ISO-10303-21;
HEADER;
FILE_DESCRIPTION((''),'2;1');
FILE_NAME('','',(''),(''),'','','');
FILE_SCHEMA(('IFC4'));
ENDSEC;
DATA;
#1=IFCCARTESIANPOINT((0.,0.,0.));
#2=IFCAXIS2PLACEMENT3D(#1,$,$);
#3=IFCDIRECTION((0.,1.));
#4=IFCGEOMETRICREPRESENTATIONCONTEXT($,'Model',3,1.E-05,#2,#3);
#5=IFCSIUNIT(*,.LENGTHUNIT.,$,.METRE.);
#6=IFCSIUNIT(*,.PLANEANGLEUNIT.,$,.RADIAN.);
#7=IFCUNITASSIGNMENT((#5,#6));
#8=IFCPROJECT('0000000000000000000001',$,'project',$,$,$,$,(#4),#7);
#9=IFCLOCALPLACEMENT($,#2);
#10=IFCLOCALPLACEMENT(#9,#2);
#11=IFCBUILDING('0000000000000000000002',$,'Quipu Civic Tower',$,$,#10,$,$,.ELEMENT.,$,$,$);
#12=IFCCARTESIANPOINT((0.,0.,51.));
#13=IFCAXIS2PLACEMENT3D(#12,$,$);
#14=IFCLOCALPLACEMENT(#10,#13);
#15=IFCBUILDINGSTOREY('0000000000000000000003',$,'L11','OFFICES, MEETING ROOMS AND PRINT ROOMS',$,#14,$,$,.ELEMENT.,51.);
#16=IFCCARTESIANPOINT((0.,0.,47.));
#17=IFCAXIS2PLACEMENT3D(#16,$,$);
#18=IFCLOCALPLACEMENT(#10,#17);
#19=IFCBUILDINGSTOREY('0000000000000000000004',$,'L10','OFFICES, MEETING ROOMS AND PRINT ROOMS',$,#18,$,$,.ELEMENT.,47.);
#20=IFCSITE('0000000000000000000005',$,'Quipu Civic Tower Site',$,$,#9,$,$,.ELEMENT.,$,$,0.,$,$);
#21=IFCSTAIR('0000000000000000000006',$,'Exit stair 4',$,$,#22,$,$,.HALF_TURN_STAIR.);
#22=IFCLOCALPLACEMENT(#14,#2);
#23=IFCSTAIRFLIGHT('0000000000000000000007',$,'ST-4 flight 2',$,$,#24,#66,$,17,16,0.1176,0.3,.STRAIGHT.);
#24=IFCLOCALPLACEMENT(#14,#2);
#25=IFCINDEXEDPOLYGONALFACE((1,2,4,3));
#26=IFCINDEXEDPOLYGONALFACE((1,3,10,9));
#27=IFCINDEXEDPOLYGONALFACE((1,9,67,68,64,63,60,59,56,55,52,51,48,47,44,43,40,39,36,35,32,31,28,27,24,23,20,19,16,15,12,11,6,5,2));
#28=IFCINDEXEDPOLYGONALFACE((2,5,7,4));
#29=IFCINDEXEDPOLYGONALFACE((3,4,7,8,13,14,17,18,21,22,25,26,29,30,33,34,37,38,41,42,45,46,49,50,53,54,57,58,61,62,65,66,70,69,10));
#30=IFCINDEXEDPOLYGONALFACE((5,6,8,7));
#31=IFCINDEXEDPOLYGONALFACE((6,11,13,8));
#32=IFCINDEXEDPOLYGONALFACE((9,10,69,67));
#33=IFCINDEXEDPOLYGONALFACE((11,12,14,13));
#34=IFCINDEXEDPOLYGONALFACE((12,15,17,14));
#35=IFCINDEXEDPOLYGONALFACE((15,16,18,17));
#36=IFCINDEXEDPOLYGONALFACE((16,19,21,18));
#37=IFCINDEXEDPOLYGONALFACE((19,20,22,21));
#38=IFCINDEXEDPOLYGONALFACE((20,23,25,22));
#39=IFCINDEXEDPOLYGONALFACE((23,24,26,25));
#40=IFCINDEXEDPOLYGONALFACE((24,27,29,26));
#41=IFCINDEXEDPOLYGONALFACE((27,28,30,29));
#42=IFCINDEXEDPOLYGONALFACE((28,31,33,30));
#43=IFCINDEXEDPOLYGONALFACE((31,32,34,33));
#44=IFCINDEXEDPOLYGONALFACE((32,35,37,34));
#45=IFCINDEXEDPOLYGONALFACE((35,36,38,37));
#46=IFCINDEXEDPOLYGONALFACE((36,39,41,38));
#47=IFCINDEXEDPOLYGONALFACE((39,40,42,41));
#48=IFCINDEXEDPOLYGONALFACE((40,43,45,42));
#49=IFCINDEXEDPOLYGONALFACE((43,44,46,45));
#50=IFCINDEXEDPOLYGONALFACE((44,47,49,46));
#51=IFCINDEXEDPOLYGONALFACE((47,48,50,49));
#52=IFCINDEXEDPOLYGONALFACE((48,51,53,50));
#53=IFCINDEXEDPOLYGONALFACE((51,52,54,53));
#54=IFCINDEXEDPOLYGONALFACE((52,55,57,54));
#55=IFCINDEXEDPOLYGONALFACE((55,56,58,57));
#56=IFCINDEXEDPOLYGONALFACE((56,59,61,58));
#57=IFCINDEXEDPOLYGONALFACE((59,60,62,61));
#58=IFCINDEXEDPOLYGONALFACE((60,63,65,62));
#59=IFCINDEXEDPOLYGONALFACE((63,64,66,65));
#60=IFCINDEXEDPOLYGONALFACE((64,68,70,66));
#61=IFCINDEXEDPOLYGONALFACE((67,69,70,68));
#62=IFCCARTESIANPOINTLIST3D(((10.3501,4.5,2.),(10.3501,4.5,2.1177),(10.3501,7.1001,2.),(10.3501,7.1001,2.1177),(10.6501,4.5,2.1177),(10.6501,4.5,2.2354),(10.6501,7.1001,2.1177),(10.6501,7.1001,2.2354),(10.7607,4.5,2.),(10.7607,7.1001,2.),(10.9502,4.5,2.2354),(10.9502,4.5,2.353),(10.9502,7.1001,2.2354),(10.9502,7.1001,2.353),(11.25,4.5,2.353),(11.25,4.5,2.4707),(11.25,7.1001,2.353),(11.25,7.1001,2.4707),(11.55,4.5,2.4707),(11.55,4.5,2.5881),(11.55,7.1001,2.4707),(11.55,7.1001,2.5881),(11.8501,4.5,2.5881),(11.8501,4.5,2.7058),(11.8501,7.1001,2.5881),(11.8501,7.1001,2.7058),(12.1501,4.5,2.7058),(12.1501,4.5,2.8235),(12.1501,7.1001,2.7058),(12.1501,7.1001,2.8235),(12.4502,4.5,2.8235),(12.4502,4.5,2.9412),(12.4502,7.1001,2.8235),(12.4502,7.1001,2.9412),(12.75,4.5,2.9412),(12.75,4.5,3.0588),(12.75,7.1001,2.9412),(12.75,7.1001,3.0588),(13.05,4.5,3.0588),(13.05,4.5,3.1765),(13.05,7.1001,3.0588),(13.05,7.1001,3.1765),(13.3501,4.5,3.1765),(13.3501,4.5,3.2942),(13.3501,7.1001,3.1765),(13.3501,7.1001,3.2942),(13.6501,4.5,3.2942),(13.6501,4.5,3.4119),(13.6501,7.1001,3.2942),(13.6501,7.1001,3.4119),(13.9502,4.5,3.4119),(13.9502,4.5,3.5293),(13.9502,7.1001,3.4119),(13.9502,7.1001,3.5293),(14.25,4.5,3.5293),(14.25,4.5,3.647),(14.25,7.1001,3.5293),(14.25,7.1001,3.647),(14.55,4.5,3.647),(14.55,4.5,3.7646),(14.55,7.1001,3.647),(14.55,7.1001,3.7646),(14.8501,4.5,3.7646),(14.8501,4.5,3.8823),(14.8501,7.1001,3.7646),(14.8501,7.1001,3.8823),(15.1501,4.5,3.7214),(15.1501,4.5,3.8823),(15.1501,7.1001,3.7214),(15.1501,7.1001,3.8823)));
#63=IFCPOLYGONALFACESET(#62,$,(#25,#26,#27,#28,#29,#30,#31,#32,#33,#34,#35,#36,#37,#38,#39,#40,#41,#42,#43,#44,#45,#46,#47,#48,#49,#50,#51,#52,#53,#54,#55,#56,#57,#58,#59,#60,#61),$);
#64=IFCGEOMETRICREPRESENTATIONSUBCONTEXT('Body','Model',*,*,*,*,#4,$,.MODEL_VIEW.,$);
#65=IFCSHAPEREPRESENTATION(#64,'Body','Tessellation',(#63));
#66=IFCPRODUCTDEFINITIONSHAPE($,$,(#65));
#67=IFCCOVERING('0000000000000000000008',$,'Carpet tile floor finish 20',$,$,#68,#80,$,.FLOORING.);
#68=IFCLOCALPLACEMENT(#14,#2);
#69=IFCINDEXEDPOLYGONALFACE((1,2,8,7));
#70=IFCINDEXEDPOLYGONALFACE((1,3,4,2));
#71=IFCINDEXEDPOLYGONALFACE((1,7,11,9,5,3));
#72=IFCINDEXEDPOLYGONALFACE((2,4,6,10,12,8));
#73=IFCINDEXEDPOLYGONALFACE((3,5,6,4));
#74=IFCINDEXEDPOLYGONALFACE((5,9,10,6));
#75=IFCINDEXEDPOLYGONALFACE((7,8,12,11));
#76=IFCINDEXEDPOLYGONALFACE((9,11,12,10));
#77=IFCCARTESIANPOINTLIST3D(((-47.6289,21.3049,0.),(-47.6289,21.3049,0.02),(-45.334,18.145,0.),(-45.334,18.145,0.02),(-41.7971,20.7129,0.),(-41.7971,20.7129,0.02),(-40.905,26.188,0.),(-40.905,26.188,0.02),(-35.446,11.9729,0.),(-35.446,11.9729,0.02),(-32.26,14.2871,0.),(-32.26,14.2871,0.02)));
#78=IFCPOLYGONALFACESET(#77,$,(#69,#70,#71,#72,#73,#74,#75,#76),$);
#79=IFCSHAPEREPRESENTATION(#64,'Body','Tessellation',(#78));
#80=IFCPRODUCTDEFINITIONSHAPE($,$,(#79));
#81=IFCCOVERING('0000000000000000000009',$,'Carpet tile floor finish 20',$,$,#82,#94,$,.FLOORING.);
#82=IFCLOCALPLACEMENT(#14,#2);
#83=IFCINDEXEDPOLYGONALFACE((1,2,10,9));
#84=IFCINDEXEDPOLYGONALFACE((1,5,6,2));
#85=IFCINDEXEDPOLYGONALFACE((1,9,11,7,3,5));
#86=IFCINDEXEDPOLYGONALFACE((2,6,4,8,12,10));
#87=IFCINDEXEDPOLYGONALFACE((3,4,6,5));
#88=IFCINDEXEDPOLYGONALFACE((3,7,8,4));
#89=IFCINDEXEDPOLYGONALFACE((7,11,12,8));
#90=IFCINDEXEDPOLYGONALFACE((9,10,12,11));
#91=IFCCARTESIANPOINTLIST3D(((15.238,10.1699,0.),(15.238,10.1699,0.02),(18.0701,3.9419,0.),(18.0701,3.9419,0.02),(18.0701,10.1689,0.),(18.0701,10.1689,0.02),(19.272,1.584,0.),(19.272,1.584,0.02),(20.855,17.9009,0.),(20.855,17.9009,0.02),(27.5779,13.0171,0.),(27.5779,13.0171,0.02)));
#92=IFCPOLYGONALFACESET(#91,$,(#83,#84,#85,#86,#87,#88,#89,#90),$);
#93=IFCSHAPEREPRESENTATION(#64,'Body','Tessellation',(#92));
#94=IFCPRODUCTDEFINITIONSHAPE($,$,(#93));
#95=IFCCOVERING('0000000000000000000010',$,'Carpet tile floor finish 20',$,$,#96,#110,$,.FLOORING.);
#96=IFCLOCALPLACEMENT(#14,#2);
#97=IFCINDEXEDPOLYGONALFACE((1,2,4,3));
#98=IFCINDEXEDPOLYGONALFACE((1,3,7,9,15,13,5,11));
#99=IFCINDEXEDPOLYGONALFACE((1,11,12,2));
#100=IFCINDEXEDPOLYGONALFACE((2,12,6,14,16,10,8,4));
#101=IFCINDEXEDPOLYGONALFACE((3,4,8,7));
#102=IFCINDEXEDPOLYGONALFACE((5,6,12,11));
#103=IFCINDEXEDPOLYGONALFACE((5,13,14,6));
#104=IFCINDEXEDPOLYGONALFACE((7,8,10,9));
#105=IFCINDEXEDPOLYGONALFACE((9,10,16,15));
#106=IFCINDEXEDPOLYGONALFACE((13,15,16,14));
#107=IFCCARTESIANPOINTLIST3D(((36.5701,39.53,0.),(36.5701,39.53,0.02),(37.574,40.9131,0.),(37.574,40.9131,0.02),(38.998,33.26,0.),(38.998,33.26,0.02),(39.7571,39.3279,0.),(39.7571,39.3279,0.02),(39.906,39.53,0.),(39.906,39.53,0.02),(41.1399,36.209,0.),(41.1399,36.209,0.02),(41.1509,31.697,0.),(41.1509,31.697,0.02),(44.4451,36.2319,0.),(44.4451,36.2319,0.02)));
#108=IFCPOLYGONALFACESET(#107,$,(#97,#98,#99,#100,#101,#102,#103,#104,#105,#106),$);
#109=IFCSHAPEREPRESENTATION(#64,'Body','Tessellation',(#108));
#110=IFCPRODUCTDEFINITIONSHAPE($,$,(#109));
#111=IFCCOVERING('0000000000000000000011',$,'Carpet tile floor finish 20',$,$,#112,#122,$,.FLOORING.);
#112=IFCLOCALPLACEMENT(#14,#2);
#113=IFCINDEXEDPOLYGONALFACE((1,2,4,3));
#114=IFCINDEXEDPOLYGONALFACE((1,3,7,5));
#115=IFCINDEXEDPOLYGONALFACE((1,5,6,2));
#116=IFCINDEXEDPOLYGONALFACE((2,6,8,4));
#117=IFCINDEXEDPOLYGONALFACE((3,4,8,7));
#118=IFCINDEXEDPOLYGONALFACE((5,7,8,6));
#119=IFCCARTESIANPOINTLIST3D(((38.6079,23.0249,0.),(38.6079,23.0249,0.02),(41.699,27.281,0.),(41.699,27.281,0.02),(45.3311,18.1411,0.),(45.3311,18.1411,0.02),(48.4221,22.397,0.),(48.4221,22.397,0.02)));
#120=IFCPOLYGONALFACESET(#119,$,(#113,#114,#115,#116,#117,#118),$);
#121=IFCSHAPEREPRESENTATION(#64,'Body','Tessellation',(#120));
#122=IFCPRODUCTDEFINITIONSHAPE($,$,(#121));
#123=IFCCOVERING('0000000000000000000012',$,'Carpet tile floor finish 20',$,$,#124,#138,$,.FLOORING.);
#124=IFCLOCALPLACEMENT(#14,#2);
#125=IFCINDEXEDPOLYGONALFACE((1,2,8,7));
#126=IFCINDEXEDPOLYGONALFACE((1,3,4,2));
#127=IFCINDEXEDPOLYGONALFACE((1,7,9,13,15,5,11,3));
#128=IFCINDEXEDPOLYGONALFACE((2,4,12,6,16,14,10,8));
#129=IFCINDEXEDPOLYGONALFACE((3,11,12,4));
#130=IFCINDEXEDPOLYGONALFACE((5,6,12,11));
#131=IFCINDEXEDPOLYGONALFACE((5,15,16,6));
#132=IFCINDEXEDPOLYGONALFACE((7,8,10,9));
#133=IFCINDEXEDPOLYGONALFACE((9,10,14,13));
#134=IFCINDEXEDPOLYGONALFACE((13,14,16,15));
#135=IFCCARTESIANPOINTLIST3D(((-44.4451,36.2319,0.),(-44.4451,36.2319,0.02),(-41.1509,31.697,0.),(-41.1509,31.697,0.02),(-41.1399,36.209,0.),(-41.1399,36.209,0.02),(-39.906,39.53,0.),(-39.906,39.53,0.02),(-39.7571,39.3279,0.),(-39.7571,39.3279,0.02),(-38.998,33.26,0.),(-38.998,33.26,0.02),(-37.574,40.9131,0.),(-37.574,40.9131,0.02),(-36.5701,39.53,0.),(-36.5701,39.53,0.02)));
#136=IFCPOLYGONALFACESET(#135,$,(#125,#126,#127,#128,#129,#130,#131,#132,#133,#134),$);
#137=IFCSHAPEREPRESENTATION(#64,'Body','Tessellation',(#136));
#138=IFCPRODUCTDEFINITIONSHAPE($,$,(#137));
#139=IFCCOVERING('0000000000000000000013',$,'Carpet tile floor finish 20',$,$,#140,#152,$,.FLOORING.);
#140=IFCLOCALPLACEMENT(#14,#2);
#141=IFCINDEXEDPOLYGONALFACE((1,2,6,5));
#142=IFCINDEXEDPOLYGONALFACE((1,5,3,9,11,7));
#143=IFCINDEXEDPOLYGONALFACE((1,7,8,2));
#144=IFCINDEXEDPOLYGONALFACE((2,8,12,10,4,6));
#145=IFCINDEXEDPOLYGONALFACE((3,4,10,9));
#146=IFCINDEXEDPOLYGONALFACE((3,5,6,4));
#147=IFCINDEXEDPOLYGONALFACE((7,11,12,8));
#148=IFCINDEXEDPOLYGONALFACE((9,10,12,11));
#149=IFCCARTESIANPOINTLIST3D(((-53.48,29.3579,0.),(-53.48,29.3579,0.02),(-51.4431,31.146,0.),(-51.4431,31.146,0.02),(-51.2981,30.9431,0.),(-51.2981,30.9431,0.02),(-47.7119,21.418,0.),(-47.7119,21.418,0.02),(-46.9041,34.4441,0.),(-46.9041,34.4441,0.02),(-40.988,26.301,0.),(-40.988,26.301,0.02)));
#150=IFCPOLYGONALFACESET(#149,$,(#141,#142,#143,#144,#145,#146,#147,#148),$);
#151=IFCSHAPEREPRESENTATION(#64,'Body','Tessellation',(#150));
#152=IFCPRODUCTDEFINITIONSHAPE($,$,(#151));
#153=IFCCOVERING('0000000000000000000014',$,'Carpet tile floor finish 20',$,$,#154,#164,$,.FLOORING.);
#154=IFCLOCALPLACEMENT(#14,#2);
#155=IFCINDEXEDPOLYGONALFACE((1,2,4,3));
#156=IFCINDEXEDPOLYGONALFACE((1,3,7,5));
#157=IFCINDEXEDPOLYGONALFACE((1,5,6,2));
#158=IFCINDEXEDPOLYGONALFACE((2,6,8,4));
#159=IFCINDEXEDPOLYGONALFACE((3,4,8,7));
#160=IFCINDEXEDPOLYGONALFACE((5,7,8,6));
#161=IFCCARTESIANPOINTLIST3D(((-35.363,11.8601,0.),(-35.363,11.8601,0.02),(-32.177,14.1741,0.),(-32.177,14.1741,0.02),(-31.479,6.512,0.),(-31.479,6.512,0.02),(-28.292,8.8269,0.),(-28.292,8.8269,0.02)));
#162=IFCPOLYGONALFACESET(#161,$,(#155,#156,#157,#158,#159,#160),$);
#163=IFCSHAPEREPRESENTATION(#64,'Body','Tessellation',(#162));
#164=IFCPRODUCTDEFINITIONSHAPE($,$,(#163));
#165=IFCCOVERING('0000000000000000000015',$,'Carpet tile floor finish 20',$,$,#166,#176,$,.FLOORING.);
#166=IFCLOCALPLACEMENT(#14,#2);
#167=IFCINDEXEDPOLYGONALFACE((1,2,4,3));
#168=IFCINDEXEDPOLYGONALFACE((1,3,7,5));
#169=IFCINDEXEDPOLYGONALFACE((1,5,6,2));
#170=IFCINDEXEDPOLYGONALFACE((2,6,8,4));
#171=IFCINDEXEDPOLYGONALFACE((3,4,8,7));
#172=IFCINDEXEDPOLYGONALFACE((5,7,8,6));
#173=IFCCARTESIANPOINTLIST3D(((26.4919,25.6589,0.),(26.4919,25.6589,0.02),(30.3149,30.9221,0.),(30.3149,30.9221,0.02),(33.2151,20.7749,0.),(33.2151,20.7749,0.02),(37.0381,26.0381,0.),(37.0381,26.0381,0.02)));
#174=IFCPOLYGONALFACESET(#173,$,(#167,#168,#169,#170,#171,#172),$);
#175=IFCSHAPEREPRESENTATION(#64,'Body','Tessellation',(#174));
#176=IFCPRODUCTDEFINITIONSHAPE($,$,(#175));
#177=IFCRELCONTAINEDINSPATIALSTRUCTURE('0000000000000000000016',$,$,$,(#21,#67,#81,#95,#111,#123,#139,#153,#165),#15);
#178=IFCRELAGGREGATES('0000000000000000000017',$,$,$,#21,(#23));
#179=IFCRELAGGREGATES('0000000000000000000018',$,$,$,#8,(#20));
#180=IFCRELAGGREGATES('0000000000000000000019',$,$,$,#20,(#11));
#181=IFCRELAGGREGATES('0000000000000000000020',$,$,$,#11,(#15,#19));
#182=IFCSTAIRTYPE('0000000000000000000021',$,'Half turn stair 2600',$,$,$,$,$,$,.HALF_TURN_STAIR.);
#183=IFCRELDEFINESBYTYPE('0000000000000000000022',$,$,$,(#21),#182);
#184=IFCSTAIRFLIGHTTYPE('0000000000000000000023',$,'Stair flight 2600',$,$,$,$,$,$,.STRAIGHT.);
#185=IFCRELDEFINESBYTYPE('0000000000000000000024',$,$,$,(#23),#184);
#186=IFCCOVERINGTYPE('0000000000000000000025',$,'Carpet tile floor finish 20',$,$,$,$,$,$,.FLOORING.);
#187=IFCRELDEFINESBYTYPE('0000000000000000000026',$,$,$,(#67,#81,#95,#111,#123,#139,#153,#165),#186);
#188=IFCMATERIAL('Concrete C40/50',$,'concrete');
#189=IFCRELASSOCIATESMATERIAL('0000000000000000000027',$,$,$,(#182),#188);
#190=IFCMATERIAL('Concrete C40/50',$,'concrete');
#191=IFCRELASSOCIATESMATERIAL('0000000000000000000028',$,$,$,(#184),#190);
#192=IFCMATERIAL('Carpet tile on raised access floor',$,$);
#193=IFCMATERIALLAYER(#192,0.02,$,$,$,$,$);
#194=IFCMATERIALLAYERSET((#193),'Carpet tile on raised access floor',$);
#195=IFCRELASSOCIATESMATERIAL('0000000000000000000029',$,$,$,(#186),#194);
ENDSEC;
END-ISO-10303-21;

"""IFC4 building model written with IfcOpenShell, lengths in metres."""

from ifc_helpers import new_model, si_unit, direction, frame, origin, place, context, subcontext, project, spatial, polyline, outline, extrude, material, layer, layer_set, type_object, element, aggregate, save


model = new_model("IFC4")

# Units and contexts
model_context = context("Model", 3, precision=1e-05, world=origin(), true_north=direction((0.0, 1.0)))
body_context = subcontext(model_context, "Body", "Model", "MODEL_VIEW")
ifc_project = project(units=[si_unit("LENGTHUNIT", "METRE"), si_unit("PLANEANGLEUNIT", "RADIAN")], contexts=[model_context])

# Site, building, storey
site_placement = place(None, origin())
site = spatial("IfcSite", under=ifc_project, at=site_placement, Name="Quipu Civic Tower Site", CompositionType="ELEMENT", RefElevation=0.0)
building_placement = place(site_placement, origin())
building = spatial("IfcBuilding", under=site, at=building_placement, Name="Quipu Civic Tower", CompositionType="ELEMENT")
storey_1_placement = place(building_placement, frame((0.0, 0.0, 51.0)))
storey_1 = spatial("IfcBuildingStorey", under=building, at=storey_1_placement, Name="L11", Description="OFFICES, MEETING ROOMS AND PRINT ROOMS", CompositionType="ELEMENT", Elevation=51.0)

# Shared definitions
storey_2_placement = place(building_placement, frame((0.0, 0.0, 47.0)))
storey_2 = spatial("IfcBuildingStorey", under=building, at=storey_2_placement, Name="L10", Description="OFFICES, MEETING ROOMS AND PRINT ROOMS", CompositionType="ELEMENT", Elevation=47.0)

# Stair, stair flight
ifc_material_1 = material(Name="Concrete C40/50", Category="concrete")
stair_type = type_object("IfcStairType", Name="Half turn stair 2600", PredefinedType="HALF_TURN_STAIR", material=ifc_material_1)
stair_placement = place(storey_1_placement, origin())
stair = element("IfcStair", 1, at=stair_placement, inside=storey_1, type_object=stair_type, Name="Exit stair 4", PredefinedType="HALF_TURN_STAIR")
ifc_material_2 = material(Name="Concrete C40/50", Category="concrete")
stair_flight_type = type_object("IfcStairFlightType", Name="Stair flight 2600", PredefinedType="STRAIGHT", material=ifc_material_2)
stair_flight_placement = place(storey_1_placement, frame((10.3501, 5.8, 2.0), z_axis=(0.0, 0.0, 1.0), x_axis=(1.0, 0.0, 0.0)))
stair_flight = element("IfcStairFlight", 2, at=stair_flight_placement, type_object=stair_flight_type, Name="ST-4 flight 2", NumberOfRisers=17, NumberOfTreads=16, PredefinedType="STRAIGHT", RiserHeight=0.1176, TreadLength=0.3, context=body_context, shape_type="SweptSolid", body=[
    extrude(outline(polyline([(0.0, 0.0), (0.0, 0.1177), (0.3, 0.1177), (0.3, 0.2354), (0.6001, 0.2354), (0.6001, 0.353), (0.8999, 0.353), (0.8999, 0.4707), (1.2, 0.4707), (1.2, 0.5881), (1.5, 0.5881), (1.5, 0.7058), (1.8, 0.7058), (1.8, 0.8235), (2.1001, 0.8235), (2.1001, 0.9412), (2.3999, 0.9412), (2.3999, 1.0588), (2.7, 1.0588), (2.7, 1.1765), (3.0, 1.1765), (3.0, 1.2942), (3.3, 1.2942), (3.3, 1.4119), (3.6001, 1.4119), (3.6001, 1.5293), (3.8999, 1.5293), (3.8999, 1.647), (4.2, 1.647), (4.2, 1.7646), (4.5, 1.7646), (4.5, 1.8823), (4.8, 1.8823), (4.8, 2.0), (4.8, 1.7214), (0.4106, 0.0), (0.0, 0.0)])), frame((0.0, 1.3, 0.0), z_axis=(0.0, -1.0, 0.0), x_axis=(1.0, 0.0, 0.0)), (0.0, 0.0, 1.0), 2.6001),
])
aggregate(stair, [stair_flight])

# Coverings
ifc_material_3 = material(Name="Carpet tile on raised access floor")
ifc_layer_1 = layer(ifc_material_3, 0.02)
ifc_layer_set_1 = layer_set([ifc_layer_1], Name="Carpet tile on raised access floor")
covering_type_1 = type_object("IfcCoveringType", Name="Carpet tile floor finish 20", PredefinedType="FLOORING", material=ifc_layer_set_1)
covering_1_placement = place(storey_1_placement, origin())
element("IfcCovering", 3, at=covering_1_placement, inside=storey_1, type_object=covering_type_1, Name="Carpet tile floor finish 20", PredefinedType="FLOORING", context=body_context, shape_type="SweptSolid", body=[
    extrude(outline(polyline([(-47.6289, 21.3049), (-40.905, 26.188), (-32.26, 14.2871), (-35.446, 11.9729), (-41.7971, 20.7129), (-45.334, 18.145), (-47.6289, 21.3049)])), origin(), (0.0, 0.0, 1.0), 0.02),
])
covering_2_placement = place(storey_1_placement, origin())
element("IfcCovering", 4, at=covering_2_placement, inside=storey_1, type_object=covering_type_1, Name="Carpet tile floor finish 20", PredefinedType="FLOORING", context=body_context, shape_type="SweptSolid", body=[
    extrude(outline(polyline([(15.238, 10.1699), (20.855, 17.9009), (27.5779, 13.0171), (19.272, 1.584), (18.0701, 3.9419), (18.0701, 10.1689), (15.238, 10.1699)])), origin(), (0.0, 0.0, 1.0), 0.02),
])
covering_3_placement = place(storey_1_placement, origin())
element("IfcCovering", 5, at=covering_3_placement, inside=storey_1, type_object=covering_type_1, Name="Carpet tile floor finish 20", PredefinedType="FLOORING", context=body_context, shape_type="SweptSolid", body=[
    extrude(outline(polyline([(36.5701, 39.53), (37.574, 40.9131), (39.7571, 39.3279), (39.906, 39.53), (44.4451, 36.2319), (41.1509, 31.697), (38.998, 33.26), (41.1399, 36.209), (36.5701, 39.53)])), origin(), (0.0, 0.0, 1.0), 0.02),
])
covering_4_placement = place(storey_1_placement, origin())
element("IfcCovering", 6, at=covering_4_placement, inside=storey_1, type_object=covering_type_1, Name="Carpet tile floor finish 20", PredefinedType="FLOORING", context=body_context, shape_type="SweptSolid", body=[
    extrude(outline(polyline([(38.6079, 23.0249), (41.699, 27.281), (48.4221, 22.397), (45.3311, 18.1411), (38.6079, 23.0249)])), origin(), (0.0, 0.0, 1.0), 0.02),
])
covering_5_placement = place(storey_1_placement, origin())
element("IfcCovering", 7, at=covering_5_placement, inside=storey_1, type_object=covering_type_1, Name="Carpet tile floor finish 20", PredefinedType="FLOORING", context=body_context, shape_type="SweptSolid", body=[
    extrude(outline(polyline([(-44.4451, 36.2319), (-39.906, 39.53), (-39.7571, 39.3279), (-37.574, 40.9131), (-36.5701, 39.53), (-41.1399, 36.209), (-38.998, 33.26), (-41.1509, 31.697), (-44.4451, 36.2319)])), origin(), (0.0, 0.0, 1.0), 0.02),
])
covering_6_placement = place(storey_1_placement, origin())
element("IfcCovering", 8, at=covering_6_placement, inside=storey_1, type_object=covering_type_1, Name="Carpet tile floor finish 20", PredefinedType="FLOORING", context=body_context, shape_type="SweptSolid", body=[
    extrude(outline(polyline([(-53.48, 29.3579), (-51.2981, 30.9431), (-51.4431, 31.146), (-46.9041, 34.4441), (-40.988, 26.301), (-47.7119, 21.418), (-53.48, 29.3579)])), origin(), (0.0, 0.0, 1.0), 0.02),
])
covering_7_placement = place(storey_1_placement, origin())
element("IfcCovering", 9, at=covering_7_placement, inside=storey_1, type_object=covering_type_1, Name="Carpet tile floor finish 20", PredefinedType="FLOORING", context=body_context, shape_type="SweptSolid", body=[
    extrude(outline(polyline([(-35.363, 11.8601), (-32.177, 14.1741), (-28.292, 8.8269), (-31.479, 6.512), (-35.363, 11.8601)])), origin(), (0.0, 0.0, 1.0), 0.02),
])
covering_8_placement = place(storey_1_placement, origin())
element("IfcCovering", 10, at=covering_8_placement, inside=storey_1, type_object=covering_type_1, Name="Carpet tile floor finish 20", PredefinedType="FLOORING", context=body_context, shape_type="SweptSolid", body=[
    extrude(outline(polyline([(26.4919, 25.6589), (30.3149, 30.9221), (37.0381, 26.0381), (33.2151, 20.7749), (26.4919, 25.6589)])), origin(), (0.0, 0.0, 1.0), 0.02),
])

save(model, "model.ifc")
